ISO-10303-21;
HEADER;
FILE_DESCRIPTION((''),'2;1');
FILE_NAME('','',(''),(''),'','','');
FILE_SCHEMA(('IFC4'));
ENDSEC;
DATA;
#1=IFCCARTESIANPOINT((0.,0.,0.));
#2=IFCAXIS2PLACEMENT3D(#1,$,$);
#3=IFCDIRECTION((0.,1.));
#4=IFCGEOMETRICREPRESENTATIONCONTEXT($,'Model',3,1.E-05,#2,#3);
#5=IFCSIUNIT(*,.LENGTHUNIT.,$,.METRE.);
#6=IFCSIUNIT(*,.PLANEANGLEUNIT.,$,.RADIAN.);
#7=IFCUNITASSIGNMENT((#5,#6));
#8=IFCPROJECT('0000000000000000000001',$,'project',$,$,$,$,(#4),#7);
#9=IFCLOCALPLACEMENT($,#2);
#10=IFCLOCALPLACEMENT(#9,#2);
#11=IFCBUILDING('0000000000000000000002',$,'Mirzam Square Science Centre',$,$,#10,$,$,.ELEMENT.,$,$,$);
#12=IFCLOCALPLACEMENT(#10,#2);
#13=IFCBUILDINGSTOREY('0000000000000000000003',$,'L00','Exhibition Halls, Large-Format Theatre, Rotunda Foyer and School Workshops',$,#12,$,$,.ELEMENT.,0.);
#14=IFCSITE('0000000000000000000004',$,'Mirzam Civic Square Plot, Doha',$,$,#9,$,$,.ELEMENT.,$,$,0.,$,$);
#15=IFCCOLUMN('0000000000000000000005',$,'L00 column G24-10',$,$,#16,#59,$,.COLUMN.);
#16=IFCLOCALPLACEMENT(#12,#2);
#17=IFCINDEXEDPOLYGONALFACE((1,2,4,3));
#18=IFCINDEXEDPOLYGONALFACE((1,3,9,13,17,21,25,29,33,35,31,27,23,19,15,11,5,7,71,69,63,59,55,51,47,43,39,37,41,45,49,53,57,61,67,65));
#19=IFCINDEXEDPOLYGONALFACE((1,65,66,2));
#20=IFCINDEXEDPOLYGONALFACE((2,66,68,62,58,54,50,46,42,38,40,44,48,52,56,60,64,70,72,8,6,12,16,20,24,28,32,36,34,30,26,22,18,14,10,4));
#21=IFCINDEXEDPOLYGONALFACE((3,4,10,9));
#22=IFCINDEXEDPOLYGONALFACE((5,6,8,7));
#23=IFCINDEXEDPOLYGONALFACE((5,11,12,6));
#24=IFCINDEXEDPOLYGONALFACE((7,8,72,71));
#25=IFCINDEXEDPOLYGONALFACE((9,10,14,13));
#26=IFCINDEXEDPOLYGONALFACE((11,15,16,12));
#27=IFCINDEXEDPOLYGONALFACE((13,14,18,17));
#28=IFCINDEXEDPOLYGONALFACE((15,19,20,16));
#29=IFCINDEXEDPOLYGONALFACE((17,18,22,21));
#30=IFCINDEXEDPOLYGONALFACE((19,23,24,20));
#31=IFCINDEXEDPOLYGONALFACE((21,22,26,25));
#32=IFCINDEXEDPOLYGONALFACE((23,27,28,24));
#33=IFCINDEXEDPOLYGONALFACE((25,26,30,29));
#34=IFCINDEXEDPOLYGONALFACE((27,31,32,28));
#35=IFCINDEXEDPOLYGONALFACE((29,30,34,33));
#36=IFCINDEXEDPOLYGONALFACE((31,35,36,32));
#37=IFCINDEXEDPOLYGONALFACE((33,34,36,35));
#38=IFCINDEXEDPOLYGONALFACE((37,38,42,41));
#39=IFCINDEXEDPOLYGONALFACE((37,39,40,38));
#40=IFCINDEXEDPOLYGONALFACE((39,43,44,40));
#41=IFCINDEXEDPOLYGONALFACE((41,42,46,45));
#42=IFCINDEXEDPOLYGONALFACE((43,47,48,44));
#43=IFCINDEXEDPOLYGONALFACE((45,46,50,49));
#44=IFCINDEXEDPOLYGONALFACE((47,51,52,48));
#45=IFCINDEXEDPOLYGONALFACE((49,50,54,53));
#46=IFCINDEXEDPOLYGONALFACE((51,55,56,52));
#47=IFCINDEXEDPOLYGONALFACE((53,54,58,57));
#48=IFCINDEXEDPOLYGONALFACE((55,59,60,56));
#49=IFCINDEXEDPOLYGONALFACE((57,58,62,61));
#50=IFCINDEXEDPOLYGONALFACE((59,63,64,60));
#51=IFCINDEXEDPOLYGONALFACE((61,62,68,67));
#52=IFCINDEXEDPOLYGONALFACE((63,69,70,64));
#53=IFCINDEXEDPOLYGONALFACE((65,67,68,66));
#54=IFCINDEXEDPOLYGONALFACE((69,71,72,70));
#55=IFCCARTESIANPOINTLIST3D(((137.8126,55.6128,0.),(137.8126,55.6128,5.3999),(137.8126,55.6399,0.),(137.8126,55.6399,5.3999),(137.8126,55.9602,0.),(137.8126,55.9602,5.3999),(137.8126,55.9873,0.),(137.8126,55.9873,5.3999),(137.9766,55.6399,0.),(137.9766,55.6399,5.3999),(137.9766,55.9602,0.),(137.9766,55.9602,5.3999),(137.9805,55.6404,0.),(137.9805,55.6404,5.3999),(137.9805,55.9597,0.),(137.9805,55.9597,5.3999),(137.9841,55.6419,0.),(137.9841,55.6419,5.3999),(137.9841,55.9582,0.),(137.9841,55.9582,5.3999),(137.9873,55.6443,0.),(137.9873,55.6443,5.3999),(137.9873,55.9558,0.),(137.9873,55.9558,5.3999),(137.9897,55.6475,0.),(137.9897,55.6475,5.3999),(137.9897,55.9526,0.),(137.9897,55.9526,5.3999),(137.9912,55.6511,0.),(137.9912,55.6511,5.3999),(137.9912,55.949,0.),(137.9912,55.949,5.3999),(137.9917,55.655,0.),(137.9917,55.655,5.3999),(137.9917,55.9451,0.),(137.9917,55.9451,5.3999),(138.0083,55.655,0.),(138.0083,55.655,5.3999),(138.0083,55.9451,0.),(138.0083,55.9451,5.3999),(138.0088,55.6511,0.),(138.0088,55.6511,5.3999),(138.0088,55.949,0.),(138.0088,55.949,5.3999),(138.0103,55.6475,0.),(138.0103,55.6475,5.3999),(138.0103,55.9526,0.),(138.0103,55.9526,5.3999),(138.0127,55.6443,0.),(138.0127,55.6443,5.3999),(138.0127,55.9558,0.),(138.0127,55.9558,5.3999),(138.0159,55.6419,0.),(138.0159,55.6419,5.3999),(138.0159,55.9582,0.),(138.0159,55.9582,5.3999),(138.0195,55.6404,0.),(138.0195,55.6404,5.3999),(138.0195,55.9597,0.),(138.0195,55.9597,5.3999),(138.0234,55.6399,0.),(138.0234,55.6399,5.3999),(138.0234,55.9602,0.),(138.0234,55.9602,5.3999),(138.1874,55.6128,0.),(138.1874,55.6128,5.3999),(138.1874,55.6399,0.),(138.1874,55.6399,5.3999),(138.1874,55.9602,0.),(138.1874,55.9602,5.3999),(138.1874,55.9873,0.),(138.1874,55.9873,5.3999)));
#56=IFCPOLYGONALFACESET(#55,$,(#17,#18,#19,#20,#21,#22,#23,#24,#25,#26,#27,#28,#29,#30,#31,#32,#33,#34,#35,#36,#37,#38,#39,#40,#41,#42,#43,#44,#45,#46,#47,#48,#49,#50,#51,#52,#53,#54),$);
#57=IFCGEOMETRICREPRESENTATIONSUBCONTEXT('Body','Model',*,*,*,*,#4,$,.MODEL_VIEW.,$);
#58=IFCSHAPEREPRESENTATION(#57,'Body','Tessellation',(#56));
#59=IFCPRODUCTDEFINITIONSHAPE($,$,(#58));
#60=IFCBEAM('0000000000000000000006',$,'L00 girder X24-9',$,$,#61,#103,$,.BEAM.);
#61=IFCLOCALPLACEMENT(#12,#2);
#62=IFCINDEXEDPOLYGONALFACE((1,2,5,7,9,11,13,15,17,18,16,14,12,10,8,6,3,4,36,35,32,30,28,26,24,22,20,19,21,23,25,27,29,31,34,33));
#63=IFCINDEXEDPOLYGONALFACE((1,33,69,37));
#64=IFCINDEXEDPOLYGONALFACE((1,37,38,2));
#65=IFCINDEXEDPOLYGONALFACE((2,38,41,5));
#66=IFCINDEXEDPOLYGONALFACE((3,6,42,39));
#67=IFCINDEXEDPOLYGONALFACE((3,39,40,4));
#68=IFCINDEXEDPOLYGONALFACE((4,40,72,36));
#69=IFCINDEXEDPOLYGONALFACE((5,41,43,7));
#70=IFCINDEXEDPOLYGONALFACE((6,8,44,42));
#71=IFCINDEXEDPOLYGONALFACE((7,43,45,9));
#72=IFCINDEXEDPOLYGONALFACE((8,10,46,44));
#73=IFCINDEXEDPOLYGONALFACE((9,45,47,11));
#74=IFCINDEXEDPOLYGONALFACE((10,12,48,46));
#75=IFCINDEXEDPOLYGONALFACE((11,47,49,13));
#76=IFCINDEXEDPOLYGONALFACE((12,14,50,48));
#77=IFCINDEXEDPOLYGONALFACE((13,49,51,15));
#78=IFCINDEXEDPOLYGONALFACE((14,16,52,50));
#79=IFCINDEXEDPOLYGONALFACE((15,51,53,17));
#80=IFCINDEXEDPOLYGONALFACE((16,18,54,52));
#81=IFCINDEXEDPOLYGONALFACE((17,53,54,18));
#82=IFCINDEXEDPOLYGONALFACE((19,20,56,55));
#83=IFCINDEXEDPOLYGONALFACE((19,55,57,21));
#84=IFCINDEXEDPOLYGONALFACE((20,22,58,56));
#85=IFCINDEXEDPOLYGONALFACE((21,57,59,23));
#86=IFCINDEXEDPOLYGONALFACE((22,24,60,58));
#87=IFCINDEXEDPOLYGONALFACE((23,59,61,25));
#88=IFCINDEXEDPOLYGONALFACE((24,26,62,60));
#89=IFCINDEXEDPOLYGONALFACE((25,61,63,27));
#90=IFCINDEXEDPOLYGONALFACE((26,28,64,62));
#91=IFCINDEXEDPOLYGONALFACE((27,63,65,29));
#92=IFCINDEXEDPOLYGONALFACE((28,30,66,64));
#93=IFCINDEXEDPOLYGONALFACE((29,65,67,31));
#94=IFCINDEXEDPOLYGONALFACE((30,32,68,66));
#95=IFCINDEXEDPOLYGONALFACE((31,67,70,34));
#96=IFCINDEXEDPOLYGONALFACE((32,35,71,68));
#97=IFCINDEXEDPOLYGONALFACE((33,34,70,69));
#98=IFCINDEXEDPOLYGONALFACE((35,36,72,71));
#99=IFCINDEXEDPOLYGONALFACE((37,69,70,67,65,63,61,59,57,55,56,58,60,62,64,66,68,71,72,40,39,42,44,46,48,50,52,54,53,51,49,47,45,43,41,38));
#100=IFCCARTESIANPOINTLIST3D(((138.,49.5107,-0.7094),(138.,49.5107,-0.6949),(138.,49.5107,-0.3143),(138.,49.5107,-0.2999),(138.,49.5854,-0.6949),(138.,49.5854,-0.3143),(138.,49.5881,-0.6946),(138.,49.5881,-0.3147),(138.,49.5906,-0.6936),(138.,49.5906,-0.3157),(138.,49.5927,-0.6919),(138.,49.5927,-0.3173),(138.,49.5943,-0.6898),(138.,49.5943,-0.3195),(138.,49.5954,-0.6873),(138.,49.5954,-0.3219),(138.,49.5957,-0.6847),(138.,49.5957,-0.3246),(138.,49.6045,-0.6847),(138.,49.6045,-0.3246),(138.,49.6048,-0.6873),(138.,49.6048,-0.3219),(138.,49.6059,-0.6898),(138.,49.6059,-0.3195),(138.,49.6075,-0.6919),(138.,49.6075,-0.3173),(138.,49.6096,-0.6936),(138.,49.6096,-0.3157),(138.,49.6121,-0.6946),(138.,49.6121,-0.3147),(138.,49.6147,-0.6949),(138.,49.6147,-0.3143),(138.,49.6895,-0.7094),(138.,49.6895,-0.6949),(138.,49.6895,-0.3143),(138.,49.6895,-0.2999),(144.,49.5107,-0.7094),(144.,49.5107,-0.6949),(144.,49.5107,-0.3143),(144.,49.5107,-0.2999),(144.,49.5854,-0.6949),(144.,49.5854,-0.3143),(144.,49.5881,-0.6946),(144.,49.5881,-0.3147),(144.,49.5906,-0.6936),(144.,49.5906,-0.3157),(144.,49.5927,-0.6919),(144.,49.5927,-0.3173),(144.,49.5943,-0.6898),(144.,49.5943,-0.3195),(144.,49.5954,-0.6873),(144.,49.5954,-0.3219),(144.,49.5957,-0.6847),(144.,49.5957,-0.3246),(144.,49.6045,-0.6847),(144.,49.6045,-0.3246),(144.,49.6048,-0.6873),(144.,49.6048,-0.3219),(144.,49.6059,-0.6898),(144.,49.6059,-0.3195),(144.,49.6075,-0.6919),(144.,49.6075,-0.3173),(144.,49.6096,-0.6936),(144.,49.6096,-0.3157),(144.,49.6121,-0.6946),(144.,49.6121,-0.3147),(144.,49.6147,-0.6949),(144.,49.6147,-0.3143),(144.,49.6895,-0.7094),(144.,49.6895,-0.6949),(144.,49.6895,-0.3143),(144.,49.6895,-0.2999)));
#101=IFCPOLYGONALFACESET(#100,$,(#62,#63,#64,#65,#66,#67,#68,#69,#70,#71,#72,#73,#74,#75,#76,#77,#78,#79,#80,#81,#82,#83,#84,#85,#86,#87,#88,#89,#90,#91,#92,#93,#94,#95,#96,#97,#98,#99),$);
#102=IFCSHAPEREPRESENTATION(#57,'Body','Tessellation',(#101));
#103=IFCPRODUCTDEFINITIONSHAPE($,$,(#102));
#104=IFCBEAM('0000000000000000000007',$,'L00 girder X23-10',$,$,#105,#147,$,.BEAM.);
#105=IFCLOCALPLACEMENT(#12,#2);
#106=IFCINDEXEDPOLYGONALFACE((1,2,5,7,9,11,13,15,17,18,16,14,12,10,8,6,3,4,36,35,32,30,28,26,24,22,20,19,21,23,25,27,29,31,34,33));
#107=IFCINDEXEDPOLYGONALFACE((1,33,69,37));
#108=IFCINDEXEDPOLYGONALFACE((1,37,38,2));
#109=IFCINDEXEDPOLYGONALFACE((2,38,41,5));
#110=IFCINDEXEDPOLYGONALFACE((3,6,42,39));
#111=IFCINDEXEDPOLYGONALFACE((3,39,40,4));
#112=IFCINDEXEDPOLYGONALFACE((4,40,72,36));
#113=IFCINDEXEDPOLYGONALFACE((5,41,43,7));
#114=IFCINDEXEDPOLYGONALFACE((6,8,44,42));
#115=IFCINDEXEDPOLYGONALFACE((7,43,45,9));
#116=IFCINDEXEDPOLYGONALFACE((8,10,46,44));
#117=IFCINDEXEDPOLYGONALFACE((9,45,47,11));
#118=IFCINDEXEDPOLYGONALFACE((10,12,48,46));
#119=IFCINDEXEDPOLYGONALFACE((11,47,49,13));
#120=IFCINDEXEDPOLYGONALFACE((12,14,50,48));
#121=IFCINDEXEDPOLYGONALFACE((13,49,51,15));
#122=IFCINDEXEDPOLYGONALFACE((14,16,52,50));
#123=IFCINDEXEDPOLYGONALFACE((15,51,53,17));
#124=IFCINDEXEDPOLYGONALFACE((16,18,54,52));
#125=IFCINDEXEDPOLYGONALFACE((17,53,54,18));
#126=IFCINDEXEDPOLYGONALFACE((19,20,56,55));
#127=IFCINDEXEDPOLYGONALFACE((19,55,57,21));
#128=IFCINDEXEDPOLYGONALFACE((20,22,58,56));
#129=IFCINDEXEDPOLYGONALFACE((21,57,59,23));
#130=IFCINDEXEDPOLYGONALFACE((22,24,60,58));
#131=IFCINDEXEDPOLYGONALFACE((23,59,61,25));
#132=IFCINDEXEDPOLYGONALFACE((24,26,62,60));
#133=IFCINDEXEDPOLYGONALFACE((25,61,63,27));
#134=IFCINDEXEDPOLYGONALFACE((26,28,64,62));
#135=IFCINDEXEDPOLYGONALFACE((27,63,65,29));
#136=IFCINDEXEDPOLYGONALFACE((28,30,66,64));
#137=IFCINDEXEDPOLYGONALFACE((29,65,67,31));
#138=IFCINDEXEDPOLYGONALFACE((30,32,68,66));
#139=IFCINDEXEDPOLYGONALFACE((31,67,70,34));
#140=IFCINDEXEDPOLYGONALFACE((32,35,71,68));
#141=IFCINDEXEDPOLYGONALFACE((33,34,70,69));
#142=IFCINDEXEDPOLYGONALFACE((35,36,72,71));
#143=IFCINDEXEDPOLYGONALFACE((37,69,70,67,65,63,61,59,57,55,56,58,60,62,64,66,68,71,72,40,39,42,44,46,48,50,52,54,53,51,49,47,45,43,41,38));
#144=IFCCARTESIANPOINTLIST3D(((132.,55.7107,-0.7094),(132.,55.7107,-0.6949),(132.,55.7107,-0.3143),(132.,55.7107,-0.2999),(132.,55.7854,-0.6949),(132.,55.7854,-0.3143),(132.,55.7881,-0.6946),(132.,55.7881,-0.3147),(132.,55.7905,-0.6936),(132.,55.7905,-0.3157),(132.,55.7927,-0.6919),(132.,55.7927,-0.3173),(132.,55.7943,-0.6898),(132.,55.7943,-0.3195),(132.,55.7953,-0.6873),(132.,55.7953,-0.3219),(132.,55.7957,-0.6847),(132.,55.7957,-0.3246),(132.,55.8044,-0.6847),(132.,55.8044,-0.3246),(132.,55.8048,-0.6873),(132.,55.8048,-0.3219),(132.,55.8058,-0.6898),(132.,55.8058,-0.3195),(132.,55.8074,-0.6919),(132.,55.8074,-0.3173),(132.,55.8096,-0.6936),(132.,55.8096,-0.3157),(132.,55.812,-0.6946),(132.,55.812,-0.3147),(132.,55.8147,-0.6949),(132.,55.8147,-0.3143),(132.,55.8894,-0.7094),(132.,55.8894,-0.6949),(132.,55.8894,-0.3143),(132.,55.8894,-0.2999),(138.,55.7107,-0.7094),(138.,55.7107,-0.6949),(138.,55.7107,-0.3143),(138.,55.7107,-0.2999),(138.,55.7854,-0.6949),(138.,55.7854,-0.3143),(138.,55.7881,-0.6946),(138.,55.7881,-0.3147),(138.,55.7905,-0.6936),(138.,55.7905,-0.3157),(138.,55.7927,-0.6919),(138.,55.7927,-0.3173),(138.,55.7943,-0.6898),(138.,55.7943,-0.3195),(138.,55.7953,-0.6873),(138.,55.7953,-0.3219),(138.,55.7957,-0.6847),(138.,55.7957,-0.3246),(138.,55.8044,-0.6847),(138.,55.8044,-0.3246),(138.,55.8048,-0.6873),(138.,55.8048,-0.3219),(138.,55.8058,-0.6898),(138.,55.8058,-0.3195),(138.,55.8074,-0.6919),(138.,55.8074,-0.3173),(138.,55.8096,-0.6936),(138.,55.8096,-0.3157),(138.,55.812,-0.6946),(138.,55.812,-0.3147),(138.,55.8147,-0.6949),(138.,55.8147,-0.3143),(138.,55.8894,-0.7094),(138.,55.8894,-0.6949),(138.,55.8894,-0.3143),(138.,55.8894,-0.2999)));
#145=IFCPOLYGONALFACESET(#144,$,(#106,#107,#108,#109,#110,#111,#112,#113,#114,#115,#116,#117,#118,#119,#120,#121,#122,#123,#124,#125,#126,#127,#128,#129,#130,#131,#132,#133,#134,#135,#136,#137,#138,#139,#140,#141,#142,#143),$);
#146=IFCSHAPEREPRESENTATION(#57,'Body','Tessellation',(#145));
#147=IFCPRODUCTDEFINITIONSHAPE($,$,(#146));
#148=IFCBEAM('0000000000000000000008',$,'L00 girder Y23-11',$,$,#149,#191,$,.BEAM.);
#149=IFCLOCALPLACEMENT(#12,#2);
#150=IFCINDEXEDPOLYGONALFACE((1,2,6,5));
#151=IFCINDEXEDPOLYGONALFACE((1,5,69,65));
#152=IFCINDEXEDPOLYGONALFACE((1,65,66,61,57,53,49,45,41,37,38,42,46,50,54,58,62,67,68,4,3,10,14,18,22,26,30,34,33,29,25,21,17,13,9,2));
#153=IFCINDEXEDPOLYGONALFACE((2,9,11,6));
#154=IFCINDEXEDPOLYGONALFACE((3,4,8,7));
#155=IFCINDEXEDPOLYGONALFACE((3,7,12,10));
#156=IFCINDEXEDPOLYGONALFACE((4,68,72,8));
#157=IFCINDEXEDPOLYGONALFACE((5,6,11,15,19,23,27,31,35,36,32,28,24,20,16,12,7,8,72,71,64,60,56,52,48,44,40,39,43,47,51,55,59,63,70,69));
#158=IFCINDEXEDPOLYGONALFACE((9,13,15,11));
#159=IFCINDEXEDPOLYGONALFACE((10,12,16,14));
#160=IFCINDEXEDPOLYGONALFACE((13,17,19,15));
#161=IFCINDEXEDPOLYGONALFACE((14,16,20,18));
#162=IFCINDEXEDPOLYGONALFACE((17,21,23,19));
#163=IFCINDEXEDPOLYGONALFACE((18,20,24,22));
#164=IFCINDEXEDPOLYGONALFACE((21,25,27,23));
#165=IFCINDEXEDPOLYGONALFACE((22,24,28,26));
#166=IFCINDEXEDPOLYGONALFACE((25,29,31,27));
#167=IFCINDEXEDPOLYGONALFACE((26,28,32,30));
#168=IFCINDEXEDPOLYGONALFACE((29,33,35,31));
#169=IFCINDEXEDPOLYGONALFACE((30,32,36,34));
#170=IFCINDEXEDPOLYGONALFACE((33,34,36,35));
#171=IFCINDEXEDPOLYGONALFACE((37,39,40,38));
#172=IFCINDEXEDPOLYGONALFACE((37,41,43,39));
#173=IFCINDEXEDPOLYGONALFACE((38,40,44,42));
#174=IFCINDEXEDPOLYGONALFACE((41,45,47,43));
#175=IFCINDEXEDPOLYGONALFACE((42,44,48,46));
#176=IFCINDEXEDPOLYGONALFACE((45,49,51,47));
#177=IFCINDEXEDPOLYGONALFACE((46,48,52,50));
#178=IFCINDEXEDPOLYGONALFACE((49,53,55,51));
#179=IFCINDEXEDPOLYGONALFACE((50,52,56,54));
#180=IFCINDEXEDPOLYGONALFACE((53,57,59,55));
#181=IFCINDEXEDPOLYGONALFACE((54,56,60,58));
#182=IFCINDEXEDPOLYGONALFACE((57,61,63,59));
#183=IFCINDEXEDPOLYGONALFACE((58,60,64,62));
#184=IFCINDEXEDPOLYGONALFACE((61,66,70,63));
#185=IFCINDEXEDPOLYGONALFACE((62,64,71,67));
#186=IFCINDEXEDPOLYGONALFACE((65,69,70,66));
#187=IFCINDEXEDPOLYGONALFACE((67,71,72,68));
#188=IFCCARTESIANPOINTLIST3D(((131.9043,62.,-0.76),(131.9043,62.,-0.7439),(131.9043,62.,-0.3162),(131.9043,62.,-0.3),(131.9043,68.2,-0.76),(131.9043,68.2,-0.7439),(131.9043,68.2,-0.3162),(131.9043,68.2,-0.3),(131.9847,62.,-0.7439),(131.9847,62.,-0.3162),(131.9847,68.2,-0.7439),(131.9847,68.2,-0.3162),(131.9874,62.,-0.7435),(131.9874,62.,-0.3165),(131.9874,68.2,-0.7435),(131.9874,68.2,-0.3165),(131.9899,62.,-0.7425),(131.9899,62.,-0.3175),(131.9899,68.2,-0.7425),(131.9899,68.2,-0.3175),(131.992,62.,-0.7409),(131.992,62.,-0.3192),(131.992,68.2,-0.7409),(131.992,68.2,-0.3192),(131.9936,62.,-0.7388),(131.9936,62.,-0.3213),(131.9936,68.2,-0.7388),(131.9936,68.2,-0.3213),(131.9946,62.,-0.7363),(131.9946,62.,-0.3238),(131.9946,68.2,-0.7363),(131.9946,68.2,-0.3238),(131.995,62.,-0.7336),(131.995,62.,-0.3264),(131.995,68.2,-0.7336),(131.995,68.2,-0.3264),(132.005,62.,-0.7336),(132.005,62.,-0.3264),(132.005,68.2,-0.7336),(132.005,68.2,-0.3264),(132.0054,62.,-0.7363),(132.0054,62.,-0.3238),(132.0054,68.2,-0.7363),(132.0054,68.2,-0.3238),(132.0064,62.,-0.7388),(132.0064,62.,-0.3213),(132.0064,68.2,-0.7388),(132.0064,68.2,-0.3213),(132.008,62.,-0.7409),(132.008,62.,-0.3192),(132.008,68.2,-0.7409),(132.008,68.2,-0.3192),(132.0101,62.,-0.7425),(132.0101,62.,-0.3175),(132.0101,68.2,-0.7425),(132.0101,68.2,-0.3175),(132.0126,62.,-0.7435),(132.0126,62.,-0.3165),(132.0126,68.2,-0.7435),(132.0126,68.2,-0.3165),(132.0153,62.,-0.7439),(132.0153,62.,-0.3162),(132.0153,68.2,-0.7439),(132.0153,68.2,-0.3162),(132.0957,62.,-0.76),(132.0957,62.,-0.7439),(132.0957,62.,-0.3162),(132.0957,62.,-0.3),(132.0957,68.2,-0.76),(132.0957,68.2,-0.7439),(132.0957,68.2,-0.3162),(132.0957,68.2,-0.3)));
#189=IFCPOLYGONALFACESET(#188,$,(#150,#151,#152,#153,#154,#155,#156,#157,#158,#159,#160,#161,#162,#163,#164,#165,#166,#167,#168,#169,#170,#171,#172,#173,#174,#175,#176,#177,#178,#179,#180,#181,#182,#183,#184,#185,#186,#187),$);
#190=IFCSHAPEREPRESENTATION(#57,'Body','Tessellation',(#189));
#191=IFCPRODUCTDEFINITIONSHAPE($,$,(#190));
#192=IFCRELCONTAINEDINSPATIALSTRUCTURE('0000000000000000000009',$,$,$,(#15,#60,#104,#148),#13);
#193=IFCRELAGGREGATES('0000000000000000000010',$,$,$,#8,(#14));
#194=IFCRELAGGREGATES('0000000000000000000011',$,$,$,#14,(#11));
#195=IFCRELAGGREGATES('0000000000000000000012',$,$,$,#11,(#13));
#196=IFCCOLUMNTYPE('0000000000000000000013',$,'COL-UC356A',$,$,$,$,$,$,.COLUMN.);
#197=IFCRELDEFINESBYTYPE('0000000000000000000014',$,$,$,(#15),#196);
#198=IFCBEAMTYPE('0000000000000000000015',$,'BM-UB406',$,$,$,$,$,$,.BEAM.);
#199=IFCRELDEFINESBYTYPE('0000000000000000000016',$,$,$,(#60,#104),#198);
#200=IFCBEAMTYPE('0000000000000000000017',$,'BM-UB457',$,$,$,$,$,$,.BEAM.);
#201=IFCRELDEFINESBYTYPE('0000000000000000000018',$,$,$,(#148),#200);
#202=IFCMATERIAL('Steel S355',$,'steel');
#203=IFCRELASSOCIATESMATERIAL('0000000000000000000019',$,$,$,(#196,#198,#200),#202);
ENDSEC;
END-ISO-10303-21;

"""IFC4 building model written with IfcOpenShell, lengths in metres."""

from ifc_helpers import new_model, si_unit, direction, frame, origin, origin_2d, place, context, subcontext, project, spatial, i_section, extrude, material, material_profile, profile_set, type_object, element, save


model = new_model("IFC4")

# Units and contexts
model_context = context("Model", 3, precision=1e-05, world=origin(), true_north=direction((0.0, 1.0)))
body_context = subcontext(model_context, "Body", "Model", "MODEL_VIEW")
ifc_project = project(units=[si_unit("LENGTHUNIT", "METRE"), si_unit("PLANEANGLEUNIT", "RADIAN")], contexts=[model_context])

# Site, building, storey
site_placement = place(None, origin())
site = spatial("IfcSite", under=ifc_project, at=site_placement, Name="Mirzam Civic Square Plot, Doha", CompositionType="ELEMENT", RefElevation=0.0)
building_placement = place(site_placement, origin())
building = spatial("IfcBuilding", under=site, at=building_placement, Name="Mirzam Square Science Centre", CompositionType="ELEMENT")
storey_placement = place(building_placement, origin())
storey = spatial("IfcBuildingStorey", under=building, at=storey_placement, Name="L00", Description="Exhibition Halls, Large-Format Theatre, Rotunda Foyer and School Workshops", CompositionType="ELEMENT", Elevation=0.0)

# Column
ifc_material_1 = material(Name="Steel S355", Category="steel")
ifc_material_profile_1 = material_profile(ifc_material_1, i_section(OverallWidth=0.3748, OverallDepth=0.3745, WebThickness=0.0166, FlangeThickness=0.0271, FilletRadius=0.0151, at=origin_2d()), Name="356x368x202UC")
ifc_profile_set_1 = profile_set([ifc_material_profile_1], Name="Steel S355")
column_type_1 = type_object("IfcColumnType", Name="COL-UC356A", PredefinedType="COLUMN", material=ifc_profile_set_1)
for number, where, z_axis, x_axis, name in (
    (1, (138.0, 55.8, 0.0), (0.0, 0.0, 1.0), (1.0, 0.0, 0.0), "L00 column G24-10"),
):
    element("IfcColumn", number, at=place(storey_placement, frame(where, z_axis=z_axis, x_axis=x_axis)), inside=storey, type_object=column_type_1, Name=name, PredefinedType="COLUMN", context=body_context, shape_type="SweptSolid", body=[
        extrude(i_section(OverallWidth=0.3748, OverallDepth=0.3745, WebThickness=0.0166, FlangeThickness=0.0271, FilletRadius=0.0151, at=origin_2d()), origin(), (0.0, 0.0, 1.0), 5.3999),
    ])

# Beams
ifc_material_profile_2 = material_profile(ifc_material_1, i_section(OverallWidth=0.1787, OverallDepth=0.4094, WebThickness=0.0088, FlangeThickness=0.0144, FilletRadius=0.0103, at=origin_2d()), Name="406x178x67UB")
ifc_profile_set_2 = profile_set([ifc_material_profile_2], Name="Steel S355")
beam_type_1 = type_object("IfcBeamType", Name="BM-UB406", PredefinedType="BEAM", material=ifc_profile_set_2)
for number, where, z_axis, x_axis, name in (
    (2, (138.0, 49.6001, -0.5046), (1.0, 0.0, 0.0), (0.0, 1.0, 0.0), "L00 girder X24-9"),
    (3, (132.0, 55.8, -0.5046), (1.0, 0.0, 0.0), (0.0, 1.0, 0.0), "L00 girder X23-10"),
):
    element("IfcBeam", number, at=place(storey_placement, frame(where, z_axis=z_axis, x_axis=x_axis)), inside=storey, type_object=beam_type_1, Name=name, PredefinedType="BEAM", context=body_context, shape_type="SweptSolid", body=[
        extrude(i_section(OverallWidth=0.1787, OverallDepth=0.4094, WebThickness=0.0088, FlangeThickness=0.0144, FilletRadius=0.0103, at=origin_2d()), origin(), (0.0, 0.0, 1.0), 6.0),
    ])
ifc_material_profile_3 = material_profile(ifc_material_1, i_section(OverallWidth=0.1914, OverallDepth=0.46, WebThickness=0.01, FlangeThickness=0.0161, FilletRadius=0.0103, at=origin_2d()), Name="457x191x82UB")
ifc_profile_set_3 = profile_set([ifc_material_profile_3], Name="Steel S355")
beam_type_2 = type_object("IfcBeamType", Name="BM-UB457", PredefinedType="BEAM", material=ifc_profile_set_3)
for number, where, z_axis, x_axis, name in (
    (4, (132.0, 62.0, -0.53), (0.0, 1.0, 0.0), (-1.0, 0.0, 0.0), "L00 girder Y23-11"),
):
    element("IfcBeam", number, at=place(storey_placement, frame(where, z_axis=z_axis, x_axis=x_axis)), inside=storey, type_object=beam_type_2, Name=name, PredefinedType="BEAM", context=body_context, shape_type="SweptSolid", body=[
        extrude(i_section(OverallWidth=0.1914, OverallDepth=0.46, WebThickness=0.01, FlangeThickness=0.0161, FilletRadius=0.0103, at=origin_2d()), origin(), (0.0, 0.0, 1.0), 6.2),
    ])

save(model, "model.ifc")
